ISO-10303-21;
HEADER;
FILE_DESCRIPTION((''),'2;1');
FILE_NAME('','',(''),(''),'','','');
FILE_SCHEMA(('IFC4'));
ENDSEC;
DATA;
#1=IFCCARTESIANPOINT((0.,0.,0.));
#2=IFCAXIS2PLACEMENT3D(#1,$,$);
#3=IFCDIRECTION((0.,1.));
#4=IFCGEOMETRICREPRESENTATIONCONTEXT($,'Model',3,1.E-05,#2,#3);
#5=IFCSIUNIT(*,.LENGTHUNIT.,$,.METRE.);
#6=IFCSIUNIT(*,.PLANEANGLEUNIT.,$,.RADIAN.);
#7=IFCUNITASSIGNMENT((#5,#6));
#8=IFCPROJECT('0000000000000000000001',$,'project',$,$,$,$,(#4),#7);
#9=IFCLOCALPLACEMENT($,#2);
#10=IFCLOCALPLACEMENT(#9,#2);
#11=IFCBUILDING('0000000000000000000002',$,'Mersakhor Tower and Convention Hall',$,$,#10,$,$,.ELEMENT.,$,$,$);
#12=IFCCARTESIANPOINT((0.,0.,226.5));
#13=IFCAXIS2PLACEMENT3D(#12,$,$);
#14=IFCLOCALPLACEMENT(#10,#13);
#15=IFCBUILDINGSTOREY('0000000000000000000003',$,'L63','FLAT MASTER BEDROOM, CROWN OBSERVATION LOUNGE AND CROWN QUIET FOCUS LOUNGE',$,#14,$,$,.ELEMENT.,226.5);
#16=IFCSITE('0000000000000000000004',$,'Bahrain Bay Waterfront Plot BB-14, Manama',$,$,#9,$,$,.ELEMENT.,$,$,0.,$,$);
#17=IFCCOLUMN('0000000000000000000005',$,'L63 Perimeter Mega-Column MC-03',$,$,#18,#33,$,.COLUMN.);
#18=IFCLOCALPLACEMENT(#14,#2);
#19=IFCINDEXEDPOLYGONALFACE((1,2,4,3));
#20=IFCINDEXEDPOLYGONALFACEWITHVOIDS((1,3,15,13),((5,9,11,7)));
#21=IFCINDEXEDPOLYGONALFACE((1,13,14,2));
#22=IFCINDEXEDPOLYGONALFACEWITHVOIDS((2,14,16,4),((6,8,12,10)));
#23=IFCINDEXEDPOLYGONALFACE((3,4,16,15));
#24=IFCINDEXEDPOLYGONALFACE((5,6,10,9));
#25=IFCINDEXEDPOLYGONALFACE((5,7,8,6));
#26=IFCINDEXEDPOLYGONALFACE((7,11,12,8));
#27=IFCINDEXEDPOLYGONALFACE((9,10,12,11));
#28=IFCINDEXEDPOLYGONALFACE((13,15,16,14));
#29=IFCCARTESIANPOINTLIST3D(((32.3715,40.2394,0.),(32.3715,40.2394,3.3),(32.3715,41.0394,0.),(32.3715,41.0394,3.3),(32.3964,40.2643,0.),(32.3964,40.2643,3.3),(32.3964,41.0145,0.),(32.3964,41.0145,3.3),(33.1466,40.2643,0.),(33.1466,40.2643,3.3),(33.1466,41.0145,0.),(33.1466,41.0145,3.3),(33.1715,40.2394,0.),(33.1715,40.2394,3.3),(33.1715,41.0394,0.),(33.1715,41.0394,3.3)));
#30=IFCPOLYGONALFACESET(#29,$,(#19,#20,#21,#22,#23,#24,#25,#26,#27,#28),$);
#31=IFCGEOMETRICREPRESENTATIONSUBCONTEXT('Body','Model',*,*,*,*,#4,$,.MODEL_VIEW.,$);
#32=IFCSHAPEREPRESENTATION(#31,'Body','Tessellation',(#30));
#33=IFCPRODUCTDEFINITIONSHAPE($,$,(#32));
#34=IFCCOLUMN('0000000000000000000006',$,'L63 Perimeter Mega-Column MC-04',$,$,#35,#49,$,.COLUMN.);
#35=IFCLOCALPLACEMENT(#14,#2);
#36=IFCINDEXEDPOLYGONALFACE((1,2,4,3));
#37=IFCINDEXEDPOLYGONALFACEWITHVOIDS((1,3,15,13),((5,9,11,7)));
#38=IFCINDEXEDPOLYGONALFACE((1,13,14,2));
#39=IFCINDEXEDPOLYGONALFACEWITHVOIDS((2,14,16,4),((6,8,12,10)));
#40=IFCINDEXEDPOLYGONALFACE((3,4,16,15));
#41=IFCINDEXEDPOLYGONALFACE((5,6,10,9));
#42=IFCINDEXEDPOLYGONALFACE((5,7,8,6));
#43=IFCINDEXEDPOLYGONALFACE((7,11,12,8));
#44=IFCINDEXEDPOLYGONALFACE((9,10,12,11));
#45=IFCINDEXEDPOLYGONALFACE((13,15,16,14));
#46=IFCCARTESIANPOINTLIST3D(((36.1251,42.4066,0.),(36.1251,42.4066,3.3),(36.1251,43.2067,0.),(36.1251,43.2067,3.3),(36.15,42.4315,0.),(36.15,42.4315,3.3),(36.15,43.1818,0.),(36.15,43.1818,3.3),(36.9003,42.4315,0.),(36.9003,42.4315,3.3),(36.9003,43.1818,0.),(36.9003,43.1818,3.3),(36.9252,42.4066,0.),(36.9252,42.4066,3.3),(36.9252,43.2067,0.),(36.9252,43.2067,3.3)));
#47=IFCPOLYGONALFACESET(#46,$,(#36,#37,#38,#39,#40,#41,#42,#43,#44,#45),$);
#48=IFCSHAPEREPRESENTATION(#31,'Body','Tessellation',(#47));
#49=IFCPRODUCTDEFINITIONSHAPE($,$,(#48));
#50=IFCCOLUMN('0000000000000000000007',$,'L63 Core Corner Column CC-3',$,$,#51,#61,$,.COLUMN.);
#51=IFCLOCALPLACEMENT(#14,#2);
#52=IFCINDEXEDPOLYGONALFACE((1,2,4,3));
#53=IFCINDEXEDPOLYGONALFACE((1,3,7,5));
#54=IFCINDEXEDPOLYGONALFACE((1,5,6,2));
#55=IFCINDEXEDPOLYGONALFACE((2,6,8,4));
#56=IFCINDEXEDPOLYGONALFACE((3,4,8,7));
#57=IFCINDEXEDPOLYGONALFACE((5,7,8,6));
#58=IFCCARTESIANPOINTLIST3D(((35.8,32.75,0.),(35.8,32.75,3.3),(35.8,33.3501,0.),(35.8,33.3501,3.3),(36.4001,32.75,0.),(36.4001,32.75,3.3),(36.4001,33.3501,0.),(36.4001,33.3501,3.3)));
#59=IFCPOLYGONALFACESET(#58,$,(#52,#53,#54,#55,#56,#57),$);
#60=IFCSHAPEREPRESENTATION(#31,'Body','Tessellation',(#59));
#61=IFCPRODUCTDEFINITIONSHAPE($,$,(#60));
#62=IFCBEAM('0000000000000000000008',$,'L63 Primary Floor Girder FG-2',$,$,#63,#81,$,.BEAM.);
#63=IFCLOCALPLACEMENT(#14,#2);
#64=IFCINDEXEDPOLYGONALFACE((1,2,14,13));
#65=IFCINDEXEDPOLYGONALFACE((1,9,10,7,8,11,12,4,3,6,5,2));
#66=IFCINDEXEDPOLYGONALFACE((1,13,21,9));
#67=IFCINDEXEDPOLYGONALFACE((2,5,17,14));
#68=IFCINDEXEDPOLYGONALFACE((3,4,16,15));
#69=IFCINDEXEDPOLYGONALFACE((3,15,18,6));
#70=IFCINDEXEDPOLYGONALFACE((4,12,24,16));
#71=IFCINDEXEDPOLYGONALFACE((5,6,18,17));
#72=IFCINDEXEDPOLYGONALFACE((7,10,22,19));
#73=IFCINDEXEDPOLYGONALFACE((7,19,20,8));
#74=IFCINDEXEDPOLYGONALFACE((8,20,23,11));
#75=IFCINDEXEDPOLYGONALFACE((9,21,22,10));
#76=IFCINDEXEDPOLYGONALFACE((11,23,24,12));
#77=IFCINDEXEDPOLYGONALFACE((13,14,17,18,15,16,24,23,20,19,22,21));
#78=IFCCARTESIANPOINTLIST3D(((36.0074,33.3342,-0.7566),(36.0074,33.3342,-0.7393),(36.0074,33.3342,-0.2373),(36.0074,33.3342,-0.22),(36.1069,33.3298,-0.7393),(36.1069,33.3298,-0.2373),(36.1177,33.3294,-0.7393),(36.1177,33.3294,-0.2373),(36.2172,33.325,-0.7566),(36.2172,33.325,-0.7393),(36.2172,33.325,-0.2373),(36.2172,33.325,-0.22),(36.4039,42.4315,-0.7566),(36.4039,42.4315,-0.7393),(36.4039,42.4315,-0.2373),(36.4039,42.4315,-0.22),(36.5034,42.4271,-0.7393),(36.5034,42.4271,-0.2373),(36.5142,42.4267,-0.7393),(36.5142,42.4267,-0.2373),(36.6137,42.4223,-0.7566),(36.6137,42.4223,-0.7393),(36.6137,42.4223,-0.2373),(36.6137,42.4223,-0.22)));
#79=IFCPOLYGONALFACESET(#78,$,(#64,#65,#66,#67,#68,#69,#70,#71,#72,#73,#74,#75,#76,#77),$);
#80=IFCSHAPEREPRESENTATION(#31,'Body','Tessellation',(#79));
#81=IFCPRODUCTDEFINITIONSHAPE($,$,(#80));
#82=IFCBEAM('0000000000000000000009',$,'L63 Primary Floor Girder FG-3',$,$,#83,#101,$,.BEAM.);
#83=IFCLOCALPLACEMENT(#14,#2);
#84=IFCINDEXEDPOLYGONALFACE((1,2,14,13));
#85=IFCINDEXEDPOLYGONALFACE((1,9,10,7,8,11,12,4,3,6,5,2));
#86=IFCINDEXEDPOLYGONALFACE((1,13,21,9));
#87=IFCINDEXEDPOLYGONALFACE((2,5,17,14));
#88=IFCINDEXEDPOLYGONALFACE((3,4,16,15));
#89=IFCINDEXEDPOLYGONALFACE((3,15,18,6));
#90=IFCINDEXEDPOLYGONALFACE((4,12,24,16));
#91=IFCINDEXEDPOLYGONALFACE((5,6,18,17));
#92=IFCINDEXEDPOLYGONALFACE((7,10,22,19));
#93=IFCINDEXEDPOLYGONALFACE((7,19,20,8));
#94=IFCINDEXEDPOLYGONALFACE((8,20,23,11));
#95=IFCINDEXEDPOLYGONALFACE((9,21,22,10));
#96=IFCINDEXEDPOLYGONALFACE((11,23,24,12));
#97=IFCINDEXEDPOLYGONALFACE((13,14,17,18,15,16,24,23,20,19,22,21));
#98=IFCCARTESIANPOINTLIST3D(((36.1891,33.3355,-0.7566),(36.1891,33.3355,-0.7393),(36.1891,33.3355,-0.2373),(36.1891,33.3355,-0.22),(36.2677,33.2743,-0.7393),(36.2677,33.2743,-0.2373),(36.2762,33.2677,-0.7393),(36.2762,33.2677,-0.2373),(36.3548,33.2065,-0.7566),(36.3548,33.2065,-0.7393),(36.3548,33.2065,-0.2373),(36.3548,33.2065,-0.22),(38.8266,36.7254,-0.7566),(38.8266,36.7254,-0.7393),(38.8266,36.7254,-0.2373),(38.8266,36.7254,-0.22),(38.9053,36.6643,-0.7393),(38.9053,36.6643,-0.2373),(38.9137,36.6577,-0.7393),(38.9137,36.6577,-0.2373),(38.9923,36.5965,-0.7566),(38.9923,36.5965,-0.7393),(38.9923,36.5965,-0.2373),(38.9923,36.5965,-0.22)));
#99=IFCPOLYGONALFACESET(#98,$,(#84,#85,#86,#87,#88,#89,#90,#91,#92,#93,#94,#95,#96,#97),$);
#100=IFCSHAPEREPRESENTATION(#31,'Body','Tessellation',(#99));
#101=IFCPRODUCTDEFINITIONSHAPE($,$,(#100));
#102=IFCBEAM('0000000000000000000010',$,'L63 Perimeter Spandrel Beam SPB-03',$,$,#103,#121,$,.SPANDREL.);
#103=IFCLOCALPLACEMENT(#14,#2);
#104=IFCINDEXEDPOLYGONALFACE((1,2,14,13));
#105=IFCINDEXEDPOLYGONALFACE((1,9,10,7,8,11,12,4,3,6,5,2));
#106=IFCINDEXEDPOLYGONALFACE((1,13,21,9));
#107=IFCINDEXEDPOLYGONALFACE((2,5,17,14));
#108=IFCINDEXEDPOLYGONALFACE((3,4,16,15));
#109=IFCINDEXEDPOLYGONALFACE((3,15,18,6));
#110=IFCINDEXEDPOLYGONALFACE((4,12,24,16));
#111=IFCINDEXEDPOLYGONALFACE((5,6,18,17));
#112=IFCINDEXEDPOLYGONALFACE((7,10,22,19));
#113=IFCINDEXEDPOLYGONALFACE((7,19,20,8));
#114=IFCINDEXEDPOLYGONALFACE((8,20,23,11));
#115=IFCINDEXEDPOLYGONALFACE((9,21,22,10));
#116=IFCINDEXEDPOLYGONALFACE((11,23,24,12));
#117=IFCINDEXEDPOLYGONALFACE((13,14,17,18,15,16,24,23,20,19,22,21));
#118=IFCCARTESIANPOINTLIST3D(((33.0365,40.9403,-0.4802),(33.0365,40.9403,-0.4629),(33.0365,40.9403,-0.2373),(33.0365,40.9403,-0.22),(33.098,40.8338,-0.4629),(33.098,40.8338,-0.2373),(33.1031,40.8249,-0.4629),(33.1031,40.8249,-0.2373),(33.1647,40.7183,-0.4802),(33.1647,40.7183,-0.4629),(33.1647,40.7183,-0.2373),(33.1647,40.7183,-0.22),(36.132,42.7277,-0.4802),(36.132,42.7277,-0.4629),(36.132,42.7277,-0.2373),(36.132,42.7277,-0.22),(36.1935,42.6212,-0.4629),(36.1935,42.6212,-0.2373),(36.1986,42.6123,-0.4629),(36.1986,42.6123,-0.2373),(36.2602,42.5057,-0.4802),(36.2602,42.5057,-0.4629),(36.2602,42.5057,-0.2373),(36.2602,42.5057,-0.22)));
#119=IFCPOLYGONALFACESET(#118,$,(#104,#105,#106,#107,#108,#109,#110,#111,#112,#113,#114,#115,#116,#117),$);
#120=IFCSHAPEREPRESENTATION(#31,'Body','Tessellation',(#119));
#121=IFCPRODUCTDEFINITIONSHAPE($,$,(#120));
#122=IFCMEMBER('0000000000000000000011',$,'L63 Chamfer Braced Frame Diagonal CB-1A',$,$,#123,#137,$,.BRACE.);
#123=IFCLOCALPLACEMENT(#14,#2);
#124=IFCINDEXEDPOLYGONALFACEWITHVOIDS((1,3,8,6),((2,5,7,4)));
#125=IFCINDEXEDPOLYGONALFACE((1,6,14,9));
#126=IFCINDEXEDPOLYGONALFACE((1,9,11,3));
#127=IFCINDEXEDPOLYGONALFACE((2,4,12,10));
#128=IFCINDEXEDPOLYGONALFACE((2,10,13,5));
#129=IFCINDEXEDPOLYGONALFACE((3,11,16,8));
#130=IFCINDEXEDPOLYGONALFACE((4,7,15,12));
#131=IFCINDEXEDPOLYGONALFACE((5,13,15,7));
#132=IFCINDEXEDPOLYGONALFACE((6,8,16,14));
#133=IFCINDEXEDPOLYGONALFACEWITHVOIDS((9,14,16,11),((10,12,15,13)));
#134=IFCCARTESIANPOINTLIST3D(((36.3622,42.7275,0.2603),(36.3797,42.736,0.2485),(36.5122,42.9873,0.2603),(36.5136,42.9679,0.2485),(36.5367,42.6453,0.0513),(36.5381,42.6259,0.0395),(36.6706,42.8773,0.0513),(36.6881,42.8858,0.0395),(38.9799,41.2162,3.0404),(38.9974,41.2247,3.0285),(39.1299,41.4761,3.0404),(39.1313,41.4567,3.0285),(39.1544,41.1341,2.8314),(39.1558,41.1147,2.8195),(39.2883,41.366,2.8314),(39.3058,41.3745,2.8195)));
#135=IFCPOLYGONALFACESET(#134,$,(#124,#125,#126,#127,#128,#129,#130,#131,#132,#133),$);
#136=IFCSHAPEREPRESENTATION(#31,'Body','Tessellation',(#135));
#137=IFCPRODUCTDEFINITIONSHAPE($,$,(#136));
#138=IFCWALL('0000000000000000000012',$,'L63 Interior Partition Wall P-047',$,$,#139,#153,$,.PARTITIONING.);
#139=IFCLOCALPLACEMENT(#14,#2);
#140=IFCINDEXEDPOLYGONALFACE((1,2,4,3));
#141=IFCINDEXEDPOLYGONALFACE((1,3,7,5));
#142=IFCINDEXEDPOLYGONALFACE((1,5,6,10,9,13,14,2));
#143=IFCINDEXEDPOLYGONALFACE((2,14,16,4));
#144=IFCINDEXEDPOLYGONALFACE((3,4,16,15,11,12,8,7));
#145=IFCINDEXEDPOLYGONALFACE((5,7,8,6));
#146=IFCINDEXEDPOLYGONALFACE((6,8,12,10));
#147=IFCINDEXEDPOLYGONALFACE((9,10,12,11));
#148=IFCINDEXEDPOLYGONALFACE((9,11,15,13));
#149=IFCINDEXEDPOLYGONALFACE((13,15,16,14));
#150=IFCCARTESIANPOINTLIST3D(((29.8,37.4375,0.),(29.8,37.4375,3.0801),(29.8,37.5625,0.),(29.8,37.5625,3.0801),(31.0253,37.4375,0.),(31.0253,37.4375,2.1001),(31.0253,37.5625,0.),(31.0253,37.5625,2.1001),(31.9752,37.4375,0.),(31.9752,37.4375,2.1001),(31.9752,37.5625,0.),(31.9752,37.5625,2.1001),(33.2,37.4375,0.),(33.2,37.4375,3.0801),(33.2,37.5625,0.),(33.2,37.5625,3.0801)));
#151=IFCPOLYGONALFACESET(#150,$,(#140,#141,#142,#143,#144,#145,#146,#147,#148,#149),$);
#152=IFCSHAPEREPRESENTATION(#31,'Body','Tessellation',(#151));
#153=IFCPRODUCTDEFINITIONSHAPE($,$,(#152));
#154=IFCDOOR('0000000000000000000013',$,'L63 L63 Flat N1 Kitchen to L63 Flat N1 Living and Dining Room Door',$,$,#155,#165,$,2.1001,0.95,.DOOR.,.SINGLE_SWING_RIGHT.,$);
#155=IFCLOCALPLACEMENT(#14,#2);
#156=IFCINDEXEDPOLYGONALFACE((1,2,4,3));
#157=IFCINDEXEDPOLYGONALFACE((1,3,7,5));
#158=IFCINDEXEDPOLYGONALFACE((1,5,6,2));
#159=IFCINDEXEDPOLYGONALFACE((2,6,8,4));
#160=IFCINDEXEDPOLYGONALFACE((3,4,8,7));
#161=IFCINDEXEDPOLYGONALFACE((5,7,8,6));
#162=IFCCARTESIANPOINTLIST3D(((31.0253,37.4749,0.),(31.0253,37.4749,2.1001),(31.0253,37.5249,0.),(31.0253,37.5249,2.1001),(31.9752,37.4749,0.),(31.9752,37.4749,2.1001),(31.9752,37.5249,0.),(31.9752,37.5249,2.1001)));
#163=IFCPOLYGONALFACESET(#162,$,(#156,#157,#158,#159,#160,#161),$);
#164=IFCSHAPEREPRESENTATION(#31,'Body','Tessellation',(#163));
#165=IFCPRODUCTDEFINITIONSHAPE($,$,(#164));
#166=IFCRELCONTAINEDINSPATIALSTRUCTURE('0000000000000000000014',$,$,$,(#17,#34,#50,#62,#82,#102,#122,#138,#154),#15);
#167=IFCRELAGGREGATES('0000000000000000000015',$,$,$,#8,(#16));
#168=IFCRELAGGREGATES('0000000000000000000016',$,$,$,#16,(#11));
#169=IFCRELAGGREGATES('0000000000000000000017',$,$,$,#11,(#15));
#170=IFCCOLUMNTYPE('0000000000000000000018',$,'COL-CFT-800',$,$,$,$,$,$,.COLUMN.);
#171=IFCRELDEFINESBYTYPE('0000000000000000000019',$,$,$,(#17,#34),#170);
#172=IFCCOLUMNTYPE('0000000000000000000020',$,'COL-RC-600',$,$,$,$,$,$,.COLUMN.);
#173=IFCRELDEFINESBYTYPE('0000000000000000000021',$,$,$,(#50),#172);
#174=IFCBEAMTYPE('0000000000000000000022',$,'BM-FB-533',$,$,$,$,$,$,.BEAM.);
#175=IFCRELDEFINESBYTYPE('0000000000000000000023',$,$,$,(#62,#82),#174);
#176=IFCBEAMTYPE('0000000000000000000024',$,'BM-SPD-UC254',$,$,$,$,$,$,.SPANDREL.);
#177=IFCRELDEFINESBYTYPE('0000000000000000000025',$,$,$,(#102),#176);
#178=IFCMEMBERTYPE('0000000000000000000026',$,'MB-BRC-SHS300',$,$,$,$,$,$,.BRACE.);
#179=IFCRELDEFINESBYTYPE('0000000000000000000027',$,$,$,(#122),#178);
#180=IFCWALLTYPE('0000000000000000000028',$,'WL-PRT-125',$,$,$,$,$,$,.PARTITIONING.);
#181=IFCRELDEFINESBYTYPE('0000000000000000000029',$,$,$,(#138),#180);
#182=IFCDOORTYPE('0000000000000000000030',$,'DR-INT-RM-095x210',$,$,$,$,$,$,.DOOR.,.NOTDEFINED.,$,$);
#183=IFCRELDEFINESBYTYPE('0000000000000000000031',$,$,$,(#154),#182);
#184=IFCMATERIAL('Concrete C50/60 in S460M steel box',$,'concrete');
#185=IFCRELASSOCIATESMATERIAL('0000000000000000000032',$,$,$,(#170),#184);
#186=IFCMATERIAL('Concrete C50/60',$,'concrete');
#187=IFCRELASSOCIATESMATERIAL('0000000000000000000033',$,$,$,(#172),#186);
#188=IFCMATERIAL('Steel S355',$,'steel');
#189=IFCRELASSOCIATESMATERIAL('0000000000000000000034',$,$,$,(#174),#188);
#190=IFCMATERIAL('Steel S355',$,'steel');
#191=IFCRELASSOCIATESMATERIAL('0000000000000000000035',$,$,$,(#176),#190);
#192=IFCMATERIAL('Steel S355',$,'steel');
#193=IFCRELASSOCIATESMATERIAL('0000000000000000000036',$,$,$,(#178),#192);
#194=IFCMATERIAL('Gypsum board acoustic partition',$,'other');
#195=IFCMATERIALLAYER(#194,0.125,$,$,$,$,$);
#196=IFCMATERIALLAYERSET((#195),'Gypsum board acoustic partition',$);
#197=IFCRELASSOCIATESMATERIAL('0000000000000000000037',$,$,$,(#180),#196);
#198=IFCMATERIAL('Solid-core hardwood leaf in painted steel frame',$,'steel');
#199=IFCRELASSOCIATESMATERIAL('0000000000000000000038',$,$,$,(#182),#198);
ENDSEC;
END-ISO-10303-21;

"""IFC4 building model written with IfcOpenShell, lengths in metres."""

from ifc_helpers import new_model, si_unit, direction, frame, frame_2d, origin, origin_2d, place, context, subcontext, project, spatial, rectangle, hollow_rectangle, i_section, extrude, material, layer, layer_set, material_profile, profile_set, type_object, element, fill, save


model = new_model("IFC4")

# Units and contexts
model_context = context("Model", 3, precision=1e-05, world=origin(), true_north=direction((0.0, 1.0)))
body_context = subcontext(model_context, "Body", "Model", "MODEL_VIEW")
ifc_project = project(units=[si_unit("LENGTHUNIT", "METRE"), si_unit("PLANEANGLEUNIT", "RADIAN")], contexts=[model_context])

# Site, building, storey
site_placement = place(None, origin())
site = spatial("IfcSite", under=ifc_project, at=site_placement, Name="Bahrain Bay Waterfront Plot BB-14, Manama", CompositionType="ELEMENT", RefElevation=0.0)
building_placement = place(site_placement, origin())
building = spatial("IfcBuilding", under=site, at=building_placement, Name="Mersakhor Tower and Convention Hall", CompositionType="ELEMENT")
storey_placement = place(building_placement, frame((0.0, 0.0, 226.5)))
storey = spatial("IfcBuildingStorey", under=building, at=storey_placement, Name="L63", Description="FLAT MASTER BEDROOM, CROWN OBSERVATION LOUNGE AND CROWN QUIET FOCUS LOUNGE", CompositionType="ELEMENT", Elevation=226.5)

# Columns
ifc_material_1 = material(Name="Concrete C50/60 in S460M steel box", Category="concrete")
ifc_material_profile_1 = material_profile(ifc_material_1, hollow_rectangle(XDim=0.8, YDim=0.8, WallThickness=0.0249, at=origin_2d()), Name="SHS 800x800x25")
ifc_profile_set_1 = profile_set([ifc_material_profile_1], Name="Concrete C50/60 in S460M steel box")
column_type_1 = type_object("IfcColumnType", Name="COL-CFT-800", PredefinedType="COLUMN", material=ifc_profile_set_1)
for number, where, z_axis, x_axis, name in (
    (1, (32.7715, 40.6394, 0.0), (0.0, 0.0, 1.0), (1.0, 0.0, 0.0), "L63 Perimeter Mega-Column MC-03"),
    (2, (36.5251, 42.8066, 0.0), (0.0, 0.0, 1.0), (1.0, 0.0, 0.0), "L63 Perimeter Mega-Column MC-04"),
):
    element("IfcColumn", number, at=place(storey_placement, frame(where, z_axis=z_axis, x_axis=x_axis)), inside=storey, type_object=column_type_1, Name=name, PredefinedType="COLUMN", context=body_context, shape_type="SweptSolid", body=[
        extrude(hollow_rectangle(XDim=0.8, YDim=0.8, WallThickness=0.0249, at=origin_2d()), origin(), (0.0, 0.0, 1.0), 3.3),
    ])
ifc_material_2 = material(Name="Concrete C50/60", Category="concrete")
ifc_material_profile_2 = material_profile(ifc_material_2, rectangle(XDim=0.6001, YDim=0.6001, at=origin_2d()), Name="RC 600x600")
ifc_profile_set_2 = profile_set([ifc_material_profile_2], Name="Concrete C50/60")
column_type_2 = type_object("IfcColumnType", Name="COL-RC-600", PredefinedType="COLUMN", material=ifc_profile_set_2)
column_placement = place(storey_placement, frame((36.1001, 33.05, 0.0), z_axis=(0.0, 0.0, 1.0), x_axis=(1.0, 0.0, 0.0)))
element("IfcColumn", 3, at=column_placement, inside=storey, type_object=column_type_2, Name="L63 Core Corner Column CC-3", PredefinedType="COLUMN", context=body_context, shape_type="SweptSolid", body=[
    extrude(rectangle(XDim=0.6001, YDim=0.6001, at=origin_2d()), origin(), (0.0, 0.0, 1.0), 3.3),
])

# Beams
ifc_material_3 = material(Name="Steel S355", Category="steel")
ifc_material_profile_3 = material_profile(ifc_material_3, i_section(OverallWidth=0.21, OverallDepth=0.5366, WebThickness=0.0107, FlangeThickness=0.0173, at=origin_2d()), Name="UB 533x210x101")
ifc_profile_set_3 = profile_set([ifc_material_profile_3], Name="Steel S355")
beam_type_1 = type_object("IfcBeamType", Name="BM-FB-533", PredefinedType="BEAM", material=ifc_profile_set_3)
beam_1_placement = place(storey_placement, frame((36.1123, 33.3296, -0.4883), z_axis=(0.043541, 0.999052, 0.0), x_axis=(-0.999052, 0.043541, 0.0)))
element("IfcBeam", 4, at=beam_1_placement, inside=storey, type_object=beam_type_1, Name="L63 Primary Floor Girder FG-2", PredefinedType="BEAM", context=body_context, shape_type="SweptSolid", body=[
    extrude(i_section(OverallWidth=0.21, OverallDepth=0.5366, WebThickness=0.0107, FlangeThickness=0.0173, at=origin_2d()), origin(), (0.0, 0.0, 1.0), 9.106),
])
beam_2_placement = place(storey_placement, frame((36.272, 33.271, -0.4883), z_axis=(0.614067, 0.789254, 0.0), x_axis=(-0.789254, 0.614067, 0.0)))
element("IfcBeam", 5, at=beam_2_placement, inside=storey, type_object=beam_type_1, Name="L63 Primary Floor Girder FG-3", PredefinedType="BEAM", context=body_context, shape_type="SweptSolid", body=[
    extrude(i_section(OverallWidth=0.21, OverallDepth=0.5366, WebThickness=0.0107, FlangeThickness=0.0173, at=origin_2d()), origin(), (0.0, 0.0, 1.0), 4.2952),
])
ifc_material_4 = material(Name="Steel S355", Category="steel")
ifc_material_profile_4 = material_profile(ifc_material_4, i_section(OverallWidth=0.2563, OverallDepth=0.2603, WebThickness=0.0103, FlangeThickness=0.0173, at=origin_2d()), Name="UC 254x254x89")
ifc_profile_set_4 = profile_set([ifc_material_profile_4], Name="Steel S355")
beam_type_2 = type_object("IfcBeamType", Name="BM-SPD-UC254", PredefinedType="SPANDREL", material=ifc_profile_set_4)
beam_3_placement = place(storey_placement, frame((33.1006, 40.8293, -0.3501), z_axis=(0.866002, 0.50004, 0.0), x_axis=(-0.50004, 0.866002, 0.0)))
element("IfcBeam", 6, at=beam_3_placement, inside=storey, type_object=beam_type_2, Name="L63 Perimeter Spandrel Beam SPB-03", PredefinedType="SPANDREL", context=body_context, shape_type="SweptSolid", body=[
    extrude(i_section(OverallWidth=0.2563, OverallDepth=0.2603, WebThickness=0.0103, FlangeThickness=0.0173, at=origin_2d()), origin(), (0.0, 0.0, 1.0), 3.5745),
])

# Member
ifc_material_5 = material(Name="Steel S355", Category="steel")
ifc_material_profile_5 = material_profile(ifc_material_5, hollow_rectangle(XDim=0.3, YDim=0.3, WallThickness=0.0161, at=origin_2d()), Name="SHS 300x300x16")
ifc_profile_set_5 = profile_set([ifc_material_profile_5], Name="Steel S355")
member_type = type_object("IfcMemberType", Name="MB-BRC-SHS300", PredefinedType="BRACE", material=ifc_profile_set_5)
member_placement = place(storey_placement, frame((36.5251, 42.8066, 0.1499), z_axis=(0.637423, -0.367996, 0.676957), x_axis=(0.499979, 0.866038, 0.0)))
element("IfcMember", 7, at=member_placement, inside=storey, type_object=member_type, Name="L63 Chamfer Braced Frame Diagonal CB-1A", PredefinedType="BRACE", context=body_context, shape_type="SweptSolid", body=[
    extrude(hollow_rectangle(XDim=0.3, YDim=0.3, WallThickness=0.0161, at=origin_2d()), origin(), (0.0, 0.0, 1.0), 4.1067),
])

# Wall, opening, door
ifc_material_6 = material(Name="Gypsum board acoustic partition", Category="other")
ifc_layer_1 = layer(ifc_material_6, 0.125)
ifc_layer_set_1 = layer_set([ifc_layer_1], Name="Gypsum board acoustic partition")
wall_type_1 = type_object("IfcWallType", Name="WL-PRT-125", PredefinedType="PARTITIONING", material=ifc_layer_set_1)
wall_1_placement = place(storey_placement, frame((29.8, 37.5, 0.0), z_axis=(0.0, 0.0, 1.0), x_axis=(1.0, 0.0, 0.0)))
wall_1 = element("IfcWall", 8, at=wall_1_placement, inside=storey, type_object=wall_type_1, Name="L63 Interior Partition Wall P-047", PredefinedType="PARTITIONING", context=body_context, shape_type="SweptSolid", body=[
    extrude(rectangle(XDim=3.3999, YDim=0.125, at=frame_2d((1.7, 0.0))), origin(), (0.0, 0.0, 1.0), 3.0801),
])
opening_1_placement = place(wall_1_placement, frame((1.2251, 0.0, 0.0)))
opening_1 = element("IfcOpeningElement", 9, at=opening_1_placement, cuts=wall_1, PredefinedType="OPENING", context=body_context, shape_type="SweptSolid", body=[
    extrude(rectangle(XDim=0.95, YDim=2.1001, at=frame_2d((0.4751, 1.05))), frame((0.0, 0.0725, 0.0), z_axis=(0.0, -1.0, 0.0), x_axis=(1.0, 0.0, 0.0)), (0.0, 0.0, 1.0), 0.145),
])
ifc_material_7 = material(Name="Solid-core hardwood leaf in painted steel frame", Category="steel")
door_type_1 = type_object("IfcDoorType", Name="DR-INT-RM-095x210", OperationType="NOTDEFINED", PredefinedType="DOOR", material=ifc_material_7)
door_1_placement = place(opening_1_placement, origin())
door_1 = element("IfcDoor", 10, at=door_1_placement, inside=storey, type_object=door_type_1, Name="L63 L63 Flat N1 Kitchen to L63 Flat N1 Living and Dining Room Door", OperationType="SINGLE_SWING_RIGHT", OverallHeight=2.1001, OverallWidth=0.95, PredefinedType="DOOR", context=body_context, shape_type="SweptSolid", body=[
    extrude(rectangle(XDim=0.95, YDim=2.1001, at=frame_2d((0.4751, 1.05))), frame((0.0, 0.0249, 0.0), z_axis=(0.0, -1.0, 0.0), x_axis=(1.0, 0.0, 0.0)), (0.0, 0.0, 1.0), 0.05),
])
fill(opening_1, door_1)

save(model, "model.ifc")
